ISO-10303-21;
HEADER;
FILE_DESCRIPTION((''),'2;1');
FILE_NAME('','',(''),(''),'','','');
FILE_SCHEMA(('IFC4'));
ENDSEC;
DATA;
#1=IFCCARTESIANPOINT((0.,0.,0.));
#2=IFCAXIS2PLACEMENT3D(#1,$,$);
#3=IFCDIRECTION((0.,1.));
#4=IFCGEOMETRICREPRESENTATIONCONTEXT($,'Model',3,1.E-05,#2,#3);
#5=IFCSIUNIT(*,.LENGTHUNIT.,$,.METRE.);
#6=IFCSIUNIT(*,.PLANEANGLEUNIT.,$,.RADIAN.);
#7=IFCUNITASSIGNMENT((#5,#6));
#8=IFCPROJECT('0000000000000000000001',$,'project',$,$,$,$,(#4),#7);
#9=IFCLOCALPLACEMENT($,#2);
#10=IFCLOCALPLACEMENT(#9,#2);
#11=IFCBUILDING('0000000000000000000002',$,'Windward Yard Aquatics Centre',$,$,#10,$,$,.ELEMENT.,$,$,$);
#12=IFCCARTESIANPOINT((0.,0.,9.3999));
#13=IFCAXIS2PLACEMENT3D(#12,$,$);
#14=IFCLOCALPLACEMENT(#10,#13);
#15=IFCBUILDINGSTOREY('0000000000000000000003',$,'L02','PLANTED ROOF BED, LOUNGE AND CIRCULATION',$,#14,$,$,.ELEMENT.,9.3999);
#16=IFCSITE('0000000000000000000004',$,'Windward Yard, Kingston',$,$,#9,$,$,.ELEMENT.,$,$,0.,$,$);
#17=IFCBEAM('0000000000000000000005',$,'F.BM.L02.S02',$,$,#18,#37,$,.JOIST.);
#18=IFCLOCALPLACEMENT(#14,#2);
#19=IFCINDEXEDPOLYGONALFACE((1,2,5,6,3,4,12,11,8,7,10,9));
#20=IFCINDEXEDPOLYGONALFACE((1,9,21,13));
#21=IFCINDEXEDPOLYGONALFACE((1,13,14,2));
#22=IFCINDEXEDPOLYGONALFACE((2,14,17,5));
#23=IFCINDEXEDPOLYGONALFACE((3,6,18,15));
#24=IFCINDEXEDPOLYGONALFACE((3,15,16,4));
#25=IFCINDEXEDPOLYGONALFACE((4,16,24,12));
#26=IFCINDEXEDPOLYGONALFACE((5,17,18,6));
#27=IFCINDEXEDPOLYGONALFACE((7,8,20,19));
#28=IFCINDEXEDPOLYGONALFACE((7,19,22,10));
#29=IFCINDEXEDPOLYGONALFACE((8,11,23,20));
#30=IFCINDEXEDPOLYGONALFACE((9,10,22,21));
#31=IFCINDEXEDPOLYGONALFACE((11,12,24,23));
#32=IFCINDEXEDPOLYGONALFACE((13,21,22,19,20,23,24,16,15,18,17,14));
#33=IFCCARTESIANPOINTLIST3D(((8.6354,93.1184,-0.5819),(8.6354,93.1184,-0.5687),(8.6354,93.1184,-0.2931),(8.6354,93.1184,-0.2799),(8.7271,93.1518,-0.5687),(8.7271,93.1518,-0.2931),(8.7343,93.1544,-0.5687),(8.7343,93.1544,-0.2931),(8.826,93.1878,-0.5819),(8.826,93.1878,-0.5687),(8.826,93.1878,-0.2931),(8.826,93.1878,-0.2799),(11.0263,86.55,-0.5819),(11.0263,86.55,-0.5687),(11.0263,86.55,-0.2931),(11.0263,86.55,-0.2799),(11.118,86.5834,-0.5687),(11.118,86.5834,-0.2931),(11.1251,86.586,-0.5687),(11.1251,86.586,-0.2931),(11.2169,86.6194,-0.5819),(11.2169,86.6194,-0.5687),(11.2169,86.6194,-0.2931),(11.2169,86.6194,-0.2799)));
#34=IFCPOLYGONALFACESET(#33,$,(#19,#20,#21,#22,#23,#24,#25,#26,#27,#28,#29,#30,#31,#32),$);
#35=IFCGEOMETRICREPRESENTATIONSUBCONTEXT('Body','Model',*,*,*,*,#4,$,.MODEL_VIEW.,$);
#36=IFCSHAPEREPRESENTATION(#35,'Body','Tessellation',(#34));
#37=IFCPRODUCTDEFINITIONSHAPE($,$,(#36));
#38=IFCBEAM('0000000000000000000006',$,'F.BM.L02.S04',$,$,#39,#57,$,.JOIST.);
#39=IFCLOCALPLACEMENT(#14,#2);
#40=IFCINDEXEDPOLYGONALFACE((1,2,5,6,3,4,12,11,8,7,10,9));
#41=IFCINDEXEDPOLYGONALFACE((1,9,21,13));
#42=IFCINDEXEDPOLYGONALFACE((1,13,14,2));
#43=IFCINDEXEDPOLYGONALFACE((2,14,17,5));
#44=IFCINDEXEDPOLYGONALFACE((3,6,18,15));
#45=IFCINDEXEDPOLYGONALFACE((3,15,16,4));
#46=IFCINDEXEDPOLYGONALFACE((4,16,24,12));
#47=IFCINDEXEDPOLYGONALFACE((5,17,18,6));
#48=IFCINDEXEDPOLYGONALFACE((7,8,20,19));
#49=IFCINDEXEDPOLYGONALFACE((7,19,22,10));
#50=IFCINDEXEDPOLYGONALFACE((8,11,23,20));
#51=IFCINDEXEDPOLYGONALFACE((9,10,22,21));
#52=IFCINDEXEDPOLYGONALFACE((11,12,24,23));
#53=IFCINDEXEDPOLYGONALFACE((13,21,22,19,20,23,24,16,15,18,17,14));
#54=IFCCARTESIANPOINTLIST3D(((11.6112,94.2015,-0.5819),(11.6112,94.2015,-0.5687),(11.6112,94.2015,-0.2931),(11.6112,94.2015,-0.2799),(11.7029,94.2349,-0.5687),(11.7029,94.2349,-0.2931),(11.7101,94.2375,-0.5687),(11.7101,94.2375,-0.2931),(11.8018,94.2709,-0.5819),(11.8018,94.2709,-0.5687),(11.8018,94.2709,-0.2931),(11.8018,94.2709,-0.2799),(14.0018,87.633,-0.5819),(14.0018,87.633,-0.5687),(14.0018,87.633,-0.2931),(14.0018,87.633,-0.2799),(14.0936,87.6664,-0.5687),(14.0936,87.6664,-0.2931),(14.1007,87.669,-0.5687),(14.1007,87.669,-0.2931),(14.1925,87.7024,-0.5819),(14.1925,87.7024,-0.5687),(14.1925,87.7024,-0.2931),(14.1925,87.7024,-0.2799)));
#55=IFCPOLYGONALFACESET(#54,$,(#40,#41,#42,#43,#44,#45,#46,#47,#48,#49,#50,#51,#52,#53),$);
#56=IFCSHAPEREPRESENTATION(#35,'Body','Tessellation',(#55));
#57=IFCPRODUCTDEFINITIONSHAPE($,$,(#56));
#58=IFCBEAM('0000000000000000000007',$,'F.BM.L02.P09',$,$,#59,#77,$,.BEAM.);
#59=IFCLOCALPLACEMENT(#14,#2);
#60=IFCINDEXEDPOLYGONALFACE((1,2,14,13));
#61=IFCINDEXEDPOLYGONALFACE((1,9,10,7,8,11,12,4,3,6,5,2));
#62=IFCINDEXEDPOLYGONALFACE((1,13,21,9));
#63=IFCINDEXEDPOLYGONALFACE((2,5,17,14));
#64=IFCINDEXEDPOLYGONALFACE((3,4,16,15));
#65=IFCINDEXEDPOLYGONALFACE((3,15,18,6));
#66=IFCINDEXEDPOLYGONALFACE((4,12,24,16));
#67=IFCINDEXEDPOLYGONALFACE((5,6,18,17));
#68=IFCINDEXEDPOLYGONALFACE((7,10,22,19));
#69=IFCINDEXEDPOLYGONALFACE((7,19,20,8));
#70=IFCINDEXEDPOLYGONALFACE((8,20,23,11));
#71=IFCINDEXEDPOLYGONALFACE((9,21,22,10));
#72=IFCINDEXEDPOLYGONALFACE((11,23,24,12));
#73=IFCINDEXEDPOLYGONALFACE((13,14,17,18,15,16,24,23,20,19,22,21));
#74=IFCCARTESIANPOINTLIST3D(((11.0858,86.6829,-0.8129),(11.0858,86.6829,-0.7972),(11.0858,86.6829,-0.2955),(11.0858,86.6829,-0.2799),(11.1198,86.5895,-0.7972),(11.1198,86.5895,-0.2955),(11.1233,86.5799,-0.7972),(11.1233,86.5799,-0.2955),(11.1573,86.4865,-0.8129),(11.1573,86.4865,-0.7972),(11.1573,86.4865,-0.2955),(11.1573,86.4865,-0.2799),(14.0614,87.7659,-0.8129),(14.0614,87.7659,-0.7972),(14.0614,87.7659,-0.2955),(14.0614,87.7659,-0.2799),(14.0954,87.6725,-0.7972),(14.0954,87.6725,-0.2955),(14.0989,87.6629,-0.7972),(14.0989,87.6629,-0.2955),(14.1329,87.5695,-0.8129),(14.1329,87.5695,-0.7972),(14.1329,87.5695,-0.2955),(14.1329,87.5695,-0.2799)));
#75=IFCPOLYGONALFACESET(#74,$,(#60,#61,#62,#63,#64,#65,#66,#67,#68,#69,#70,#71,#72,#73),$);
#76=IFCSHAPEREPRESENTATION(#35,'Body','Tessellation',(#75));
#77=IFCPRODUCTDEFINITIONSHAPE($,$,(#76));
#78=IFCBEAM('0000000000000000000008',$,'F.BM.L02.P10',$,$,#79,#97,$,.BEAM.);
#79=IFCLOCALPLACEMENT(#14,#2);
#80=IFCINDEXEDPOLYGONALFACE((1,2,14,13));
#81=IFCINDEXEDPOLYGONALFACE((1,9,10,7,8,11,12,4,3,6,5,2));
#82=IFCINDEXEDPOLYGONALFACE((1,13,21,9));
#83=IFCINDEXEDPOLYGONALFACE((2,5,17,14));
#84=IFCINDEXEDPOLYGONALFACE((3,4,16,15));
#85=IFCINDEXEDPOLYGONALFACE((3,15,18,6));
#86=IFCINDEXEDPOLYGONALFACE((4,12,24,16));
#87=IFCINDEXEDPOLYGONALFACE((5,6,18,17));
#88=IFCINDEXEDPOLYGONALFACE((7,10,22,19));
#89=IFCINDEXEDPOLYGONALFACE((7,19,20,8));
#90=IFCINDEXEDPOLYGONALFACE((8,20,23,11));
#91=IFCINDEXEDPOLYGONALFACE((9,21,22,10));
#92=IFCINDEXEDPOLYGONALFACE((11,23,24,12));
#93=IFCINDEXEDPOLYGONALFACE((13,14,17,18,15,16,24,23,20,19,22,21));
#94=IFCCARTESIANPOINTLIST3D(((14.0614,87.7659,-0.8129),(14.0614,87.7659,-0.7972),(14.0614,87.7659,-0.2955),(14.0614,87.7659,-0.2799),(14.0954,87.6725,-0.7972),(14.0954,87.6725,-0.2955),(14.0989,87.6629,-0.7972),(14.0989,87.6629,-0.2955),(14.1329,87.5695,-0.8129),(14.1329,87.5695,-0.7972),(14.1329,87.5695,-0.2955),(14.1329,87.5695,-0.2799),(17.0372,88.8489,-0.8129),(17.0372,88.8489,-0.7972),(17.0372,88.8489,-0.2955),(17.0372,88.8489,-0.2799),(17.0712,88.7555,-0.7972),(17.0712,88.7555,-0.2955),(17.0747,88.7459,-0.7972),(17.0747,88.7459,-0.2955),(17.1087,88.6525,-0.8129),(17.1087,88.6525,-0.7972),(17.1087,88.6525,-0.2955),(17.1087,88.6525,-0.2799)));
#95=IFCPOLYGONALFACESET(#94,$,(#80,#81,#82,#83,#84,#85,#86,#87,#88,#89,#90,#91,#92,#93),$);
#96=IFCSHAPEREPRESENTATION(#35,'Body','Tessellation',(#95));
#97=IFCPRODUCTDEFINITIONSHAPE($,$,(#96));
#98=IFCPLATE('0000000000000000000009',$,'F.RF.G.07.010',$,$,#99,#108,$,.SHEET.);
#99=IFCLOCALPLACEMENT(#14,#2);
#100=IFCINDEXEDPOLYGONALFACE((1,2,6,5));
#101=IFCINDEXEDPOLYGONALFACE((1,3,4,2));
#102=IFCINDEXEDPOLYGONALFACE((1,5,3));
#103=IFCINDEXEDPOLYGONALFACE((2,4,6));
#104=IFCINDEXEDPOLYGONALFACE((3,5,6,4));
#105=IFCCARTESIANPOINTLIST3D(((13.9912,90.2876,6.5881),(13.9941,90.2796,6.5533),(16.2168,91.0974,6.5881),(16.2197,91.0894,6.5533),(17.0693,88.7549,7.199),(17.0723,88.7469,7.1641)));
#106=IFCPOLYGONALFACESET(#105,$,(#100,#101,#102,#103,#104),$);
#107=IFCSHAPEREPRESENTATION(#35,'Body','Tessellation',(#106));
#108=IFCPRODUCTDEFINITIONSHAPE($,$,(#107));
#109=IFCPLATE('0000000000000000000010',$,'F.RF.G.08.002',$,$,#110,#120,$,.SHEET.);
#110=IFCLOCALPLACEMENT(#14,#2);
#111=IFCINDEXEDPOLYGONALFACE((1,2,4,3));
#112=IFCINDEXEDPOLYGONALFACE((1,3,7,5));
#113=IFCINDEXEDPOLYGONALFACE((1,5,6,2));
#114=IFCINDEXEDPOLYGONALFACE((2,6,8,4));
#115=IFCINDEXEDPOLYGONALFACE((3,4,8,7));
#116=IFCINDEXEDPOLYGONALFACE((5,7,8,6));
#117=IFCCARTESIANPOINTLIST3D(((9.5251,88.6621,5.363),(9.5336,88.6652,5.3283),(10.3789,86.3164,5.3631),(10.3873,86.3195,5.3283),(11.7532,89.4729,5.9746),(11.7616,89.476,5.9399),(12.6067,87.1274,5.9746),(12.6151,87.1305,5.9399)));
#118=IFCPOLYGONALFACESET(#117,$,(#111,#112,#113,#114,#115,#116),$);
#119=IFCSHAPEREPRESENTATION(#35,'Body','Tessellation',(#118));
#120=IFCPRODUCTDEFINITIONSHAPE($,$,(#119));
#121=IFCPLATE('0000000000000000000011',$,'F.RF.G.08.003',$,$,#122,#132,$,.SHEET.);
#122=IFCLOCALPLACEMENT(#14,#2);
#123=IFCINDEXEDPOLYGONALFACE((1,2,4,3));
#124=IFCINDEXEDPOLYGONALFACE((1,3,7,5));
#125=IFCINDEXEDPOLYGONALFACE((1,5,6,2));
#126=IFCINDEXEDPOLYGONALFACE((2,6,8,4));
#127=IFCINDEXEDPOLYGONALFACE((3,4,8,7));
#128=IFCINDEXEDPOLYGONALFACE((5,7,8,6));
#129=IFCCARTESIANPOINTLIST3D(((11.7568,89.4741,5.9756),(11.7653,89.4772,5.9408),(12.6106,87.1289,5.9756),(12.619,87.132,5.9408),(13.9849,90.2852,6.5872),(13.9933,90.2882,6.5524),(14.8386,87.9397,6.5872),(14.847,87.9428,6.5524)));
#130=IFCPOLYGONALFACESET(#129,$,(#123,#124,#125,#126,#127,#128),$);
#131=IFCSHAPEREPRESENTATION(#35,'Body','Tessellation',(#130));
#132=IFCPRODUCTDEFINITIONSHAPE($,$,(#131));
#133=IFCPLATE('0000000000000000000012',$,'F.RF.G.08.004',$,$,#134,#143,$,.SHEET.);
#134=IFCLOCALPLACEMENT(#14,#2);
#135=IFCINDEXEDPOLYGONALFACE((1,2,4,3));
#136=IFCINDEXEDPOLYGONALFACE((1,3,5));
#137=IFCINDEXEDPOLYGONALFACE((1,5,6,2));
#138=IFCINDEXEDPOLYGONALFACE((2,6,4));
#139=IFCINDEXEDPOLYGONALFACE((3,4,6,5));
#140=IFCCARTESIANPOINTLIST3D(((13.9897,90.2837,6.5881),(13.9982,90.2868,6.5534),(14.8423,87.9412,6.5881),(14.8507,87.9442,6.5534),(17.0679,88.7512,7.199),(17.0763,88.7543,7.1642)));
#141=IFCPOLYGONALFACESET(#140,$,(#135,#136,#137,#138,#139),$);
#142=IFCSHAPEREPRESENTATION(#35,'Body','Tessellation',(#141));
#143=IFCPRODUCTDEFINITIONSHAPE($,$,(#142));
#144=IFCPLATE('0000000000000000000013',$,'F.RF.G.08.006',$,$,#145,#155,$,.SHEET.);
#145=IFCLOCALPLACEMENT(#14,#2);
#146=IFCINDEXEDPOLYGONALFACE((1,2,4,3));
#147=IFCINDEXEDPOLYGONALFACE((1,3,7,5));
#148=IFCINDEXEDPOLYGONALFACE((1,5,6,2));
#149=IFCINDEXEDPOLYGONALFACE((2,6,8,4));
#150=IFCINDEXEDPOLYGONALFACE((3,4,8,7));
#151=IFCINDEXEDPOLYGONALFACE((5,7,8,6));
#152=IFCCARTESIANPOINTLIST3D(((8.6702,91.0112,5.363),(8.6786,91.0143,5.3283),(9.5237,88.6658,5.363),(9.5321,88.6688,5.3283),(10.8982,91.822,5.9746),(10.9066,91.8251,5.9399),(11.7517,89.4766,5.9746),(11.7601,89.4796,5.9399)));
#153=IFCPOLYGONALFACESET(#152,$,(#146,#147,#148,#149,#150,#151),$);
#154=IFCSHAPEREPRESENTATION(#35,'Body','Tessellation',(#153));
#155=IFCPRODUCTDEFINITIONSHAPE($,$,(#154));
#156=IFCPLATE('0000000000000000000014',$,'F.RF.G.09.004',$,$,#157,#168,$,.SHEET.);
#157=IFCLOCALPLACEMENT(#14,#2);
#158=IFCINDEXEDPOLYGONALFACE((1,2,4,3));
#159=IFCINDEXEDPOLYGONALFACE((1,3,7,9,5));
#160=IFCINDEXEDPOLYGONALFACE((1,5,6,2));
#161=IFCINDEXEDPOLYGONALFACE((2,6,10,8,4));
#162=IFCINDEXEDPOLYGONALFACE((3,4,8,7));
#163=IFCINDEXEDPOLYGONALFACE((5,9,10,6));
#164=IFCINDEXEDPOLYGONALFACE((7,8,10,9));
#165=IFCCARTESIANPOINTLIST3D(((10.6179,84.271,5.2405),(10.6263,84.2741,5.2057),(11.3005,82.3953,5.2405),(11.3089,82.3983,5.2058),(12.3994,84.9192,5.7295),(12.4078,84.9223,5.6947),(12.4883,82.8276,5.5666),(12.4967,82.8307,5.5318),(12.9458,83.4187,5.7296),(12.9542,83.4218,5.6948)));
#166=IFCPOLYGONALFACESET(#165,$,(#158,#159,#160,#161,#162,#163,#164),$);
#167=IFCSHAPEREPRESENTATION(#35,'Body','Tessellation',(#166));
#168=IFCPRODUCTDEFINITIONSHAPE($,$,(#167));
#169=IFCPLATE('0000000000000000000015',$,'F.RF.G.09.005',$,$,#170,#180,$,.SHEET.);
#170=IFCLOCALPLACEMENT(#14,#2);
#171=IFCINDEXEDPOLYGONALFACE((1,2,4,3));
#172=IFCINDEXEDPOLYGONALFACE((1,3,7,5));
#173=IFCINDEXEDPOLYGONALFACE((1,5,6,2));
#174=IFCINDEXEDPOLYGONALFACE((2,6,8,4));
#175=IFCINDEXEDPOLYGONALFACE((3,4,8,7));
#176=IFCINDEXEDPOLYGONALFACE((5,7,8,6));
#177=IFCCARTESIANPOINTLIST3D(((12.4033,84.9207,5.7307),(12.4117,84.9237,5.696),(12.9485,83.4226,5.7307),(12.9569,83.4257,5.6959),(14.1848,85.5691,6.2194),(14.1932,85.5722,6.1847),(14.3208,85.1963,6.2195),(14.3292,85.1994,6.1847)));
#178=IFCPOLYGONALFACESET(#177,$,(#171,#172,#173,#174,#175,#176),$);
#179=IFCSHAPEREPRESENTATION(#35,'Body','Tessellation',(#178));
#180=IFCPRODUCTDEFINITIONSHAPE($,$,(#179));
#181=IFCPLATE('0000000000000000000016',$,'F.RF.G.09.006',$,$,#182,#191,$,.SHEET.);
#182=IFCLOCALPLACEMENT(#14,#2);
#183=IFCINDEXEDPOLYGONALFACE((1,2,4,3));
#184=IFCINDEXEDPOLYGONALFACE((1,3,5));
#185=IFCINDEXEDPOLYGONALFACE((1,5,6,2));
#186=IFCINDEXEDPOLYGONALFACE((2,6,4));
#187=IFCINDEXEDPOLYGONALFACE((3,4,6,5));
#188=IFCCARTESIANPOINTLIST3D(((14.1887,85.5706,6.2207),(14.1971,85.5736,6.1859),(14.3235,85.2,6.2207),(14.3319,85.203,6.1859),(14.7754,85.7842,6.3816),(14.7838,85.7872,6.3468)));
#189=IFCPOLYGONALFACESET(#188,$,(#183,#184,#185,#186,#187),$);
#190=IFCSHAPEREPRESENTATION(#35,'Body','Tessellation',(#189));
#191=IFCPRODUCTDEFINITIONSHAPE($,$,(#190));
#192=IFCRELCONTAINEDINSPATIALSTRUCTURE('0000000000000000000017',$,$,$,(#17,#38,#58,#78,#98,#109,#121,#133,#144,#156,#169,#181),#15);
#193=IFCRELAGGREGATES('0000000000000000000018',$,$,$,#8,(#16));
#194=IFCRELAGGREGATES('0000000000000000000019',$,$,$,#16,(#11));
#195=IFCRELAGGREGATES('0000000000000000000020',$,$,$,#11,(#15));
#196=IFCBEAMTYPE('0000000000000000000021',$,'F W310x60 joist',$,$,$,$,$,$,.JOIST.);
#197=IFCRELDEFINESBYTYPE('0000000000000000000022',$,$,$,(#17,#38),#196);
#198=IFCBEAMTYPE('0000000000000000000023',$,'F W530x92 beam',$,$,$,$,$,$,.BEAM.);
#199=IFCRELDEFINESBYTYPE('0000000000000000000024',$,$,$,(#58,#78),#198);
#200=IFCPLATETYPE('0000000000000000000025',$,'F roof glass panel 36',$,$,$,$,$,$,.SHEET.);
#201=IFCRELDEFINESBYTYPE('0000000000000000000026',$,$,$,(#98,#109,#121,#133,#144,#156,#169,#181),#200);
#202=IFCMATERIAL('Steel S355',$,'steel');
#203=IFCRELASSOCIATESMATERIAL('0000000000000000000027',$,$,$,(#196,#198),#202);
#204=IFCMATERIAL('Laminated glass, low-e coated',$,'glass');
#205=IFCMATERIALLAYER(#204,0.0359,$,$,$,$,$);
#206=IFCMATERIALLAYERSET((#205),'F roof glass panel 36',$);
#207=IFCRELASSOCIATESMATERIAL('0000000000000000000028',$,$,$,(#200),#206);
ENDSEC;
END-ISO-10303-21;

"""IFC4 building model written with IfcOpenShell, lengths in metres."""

from ifc_helpers import new_model, si_unit, direction, frame, origin, origin_2d, place, context, subcontext, project, spatial, polyline, i_section, outline, extrude, material, layer, layer_set, material_profile, profile_set, type_object, element, save


model = new_model("IFC4")

# Units and contexts
model_context = context("Model", 3, precision=1e-05, world=origin(), true_north=direction((0.0, 1.0)))
body_context = subcontext(model_context, "Body", "Model", "MODEL_VIEW")
ifc_project = project(units=[si_unit("LENGTHUNIT", "METRE"), si_unit("PLANEANGLEUNIT", "RADIAN")], contexts=[model_context])

# Site, building, storey
site_placement = place(None, origin())
site = spatial("IfcSite", under=ifc_project, at=site_placement, Name="Windward Yard, Kingston", CompositionType="ELEMENT", RefElevation=0.0)
building_placement = place(site_placement, origin())
building = spatial("IfcBuilding", under=site, at=building_placement, Name="Windward Yard Aquatics Centre", CompositionType="ELEMENT")
storey_placement = place(building_placement, frame((0.0, 0.0, 9.3999)))
storey = spatial("IfcBuildingStorey", under=building, at=storey_placement, Name="L02", Description="PLANTED ROOF BED, LOUNGE AND CIRCULATION", CompositionType="ELEMENT", Elevation=9.3999)

# Beams
ifc_material_1 = material(Name="Steel S355", Category="steel")
ifc_material_profile_1 = material_profile(ifc_material_1, i_section(OverallWidth=0.2029, OverallDepth=0.302, WebThickness=0.0076, FlangeThickness=0.0132, at=origin_2d()), Name="W310x60")
ifc_profile_set_1 = profile_set([ifc_material_profile_1], Name="Steel S355")
beam_type_1 = type_object("IfcBeamType", Name="F W310x60 joist", PredefinedType="JOIST", material=ifc_profile_set_1)
for number, where, z_axis, x_axis, name in (
    (1, (11.1216, 86.5847, -0.4309), (-0.342043, 0.939684, 0.0), (-0.939684, -0.342043, 0.0), "F.BM.L02.S02"),
    (2, (14.0972, 87.6677, -0.4309), (-0.342012, 0.939695, 0.0), (-0.939695, -0.342012, 0.0), "F.BM.L02.S04"),
):
    element("IfcBeam", number, at=place(storey_placement, frame(where, z_axis=z_axis, x_axis=x_axis)), inside=storey, type_object=beam_type_1, Name=name, PredefinedType="JOIST", context=body_context, shape_type="SweptSolid", body=[
        extrude(i_section(OverallWidth=0.2029, OverallDepth=0.302, WebThickness=0.0076, FlangeThickness=0.0132, at=origin_2d()), origin(), (0.0, 0.0, 1.0), 6.99),
    ])
ifc_material_profile_2 = material_profile(ifc_material_1, i_section(OverallWidth=0.209, OverallDepth=0.533, WebThickness=0.0103, FlangeThickness=0.0156, at=origin_2d()), Name="W530x92")
ifc_profile_set_2 = profile_set([ifc_material_profile_2], Name="Steel S355")
beam_type_2 = type_object("IfcBeamType", Name="F W530x92 beam", PredefinedType="BEAM", material=ifc_profile_set_2)
beam_1_placement = place(storey_placement, frame((11.1216, 86.5847, -0.5464), z_axis=(0.939694, 0.342015, 0.0), x_axis=(-0.342015, 0.939694, 0.0)))
element("IfcBeam", 3, at=beam_1_placement, inside=storey, type_object=beam_type_2, Name="F.BM.L02.P09", PredefinedType="BEAM", context=body_context, shape_type="SweptSolid", body=[
    extrude(i_section(OverallWidth=0.209, OverallDepth=0.533, WebThickness=0.0103, FlangeThickness=0.0156, at=origin_2d()), origin(), (0.0, 0.0, 1.0), 3.1665),
])
beam_2_placement = place(storey_placement, frame((14.0972, 87.6677, -0.5464), z_axis=(0.939703, 0.341991, 0.0), x_axis=(-0.341991, 0.939703, 0.0)))
element("IfcBeam", 4, at=beam_2_placement, inside=storey, type_object=beam_type_2, Name="F.BM.L02.P10", PredefinedType="BEAM", context=body_context, shape_type="SweptSolid", body=[
    extrude(i_section(OverallWidth=0.209, OverallDepth=0.533, WebThickness=0.0103, FlangeThickness=0.0156, at=origin_2d()), origin(), (0.0, 0.0, 1.0), 3.1667),
])

# Plates
ifc_material_2 = material(Name="Laminated glass, low-e coated", Category="glass")
ifc_layer_1 = layer(ifc_material_2, 0.0359)
ifc_layer_set_1 = layer_set([ifc_layer_1], Name="F roof glass panel 36")
plate_type = type_object("IfcPlateType", Name="F roof glass panel 36", PredefinedType="SHEET", material=ifc_layer_set_1)
plate_1_placement = place(storey_placement, frame((13.9912, 90.2876, 6.5881), z_axis=(-0.081379, 0.223651, 0.971266), x_axis=(0.939724, 0.341933, 0.0)))
element("IfcPlate", 5, at=plate_1_placement, inside=storey, type_object=plate_type, Name="F.RF.G.07.010", PredefinedType="SHEET", context=body_context, shape_type="SweptSolid", body=[
    extrude(outline(polyline([(0.0, 0.0), (2.3683, 0.0), (2.3685, -2.5666), (0.0, 0.0)])), origin(), (0.0, 0.0, -1.0), 0.0359),
])
plate_2_placement = place(storey_placement, frame((9.5251, 88.6621, 5.363), z_axis=(-0.234714, -0.08542, 0.968304), x_axis=(0.909927, 0.331127, 0.249774)))
element("IfcPlate", 6, at=plate_2_placement, inside=storey, type_object=plate_type, Name="F.RF.G.08.002", PredefinedType="SHEET", context=body_context, shape_type="SweptSolid", body=[
    extrude(outline(polyline([(0.0, 0.0), (2.4486, 0.0), (2.4486, -2.4959), (0.0001, -2.4962), (0.0, 0.0)])), origin(), (0.0, 0.0, -1.0), 0.0359),
])
plate_3_placement = place(storey_placement, frame((11.7568, 89.4741, 5.9756), z_axis=(-0.234696, -0.085435, 0.968307), x_axis=(0.909898, 0.331216, 0.249763)))
element("IfcPlate", 7, at=plate_3_placement, inside=storey, type_object=plate_type, Name="F.RF.G.08.003", PredefinedType="SHEET", context=body_context, shape_type="SweptSolid", body=[
    extrude(outline(polyline([(0.0, 0.0), (2.4487, 0.0), (2.4486, -2.496), (0.0001, -2.4958), (0.0, 0.0)])), origin(), (0.0, 0.0, -1.0), 0.0359),
])
plate_4_placement = place(storey_placement, frame((13.9897, 90.2837, 6.5881), z_axis=(-0.234679, -0.085409, 0.968314), x_axis=(0.881393, -0.438809, 0.174908)))
element("IfcPlate", 8, at=plate_4_placement, inside=storey, type_object=plate_type, Name="F.RF.G.08.004", PredefinedType="SHEET", context=body_context, shape_type="SweptSolid", body=[
    extrude(outline(polyline([(0.0, 0.0), (3.4923, 0.0), (1.7793, -1.7459), (0.0, 0.0)])), origin(), (0.0, 0.0, -1.0), 0.0359),
])
plate_5_placement = place(storey_placement, frame((8.6702, 91.0112, 5.363), z_axis=(-0.234709, -0.085411, 0.968306), x_axis=(0.909929, 0.331128, 0.249767)))
element("IfcPlate", 9, at=plate_5_placement, inside=storey, type_object=plate_type, Name="F.RF.G.08.006", PredefinedType="SHEET", context=body_context, shape_type="SweptSolid", body=[
    extrude(outline(polyline([(0.0, 0.0), (2.4486, 0.0), (2.4486, -2.4959), (0.0, -2.4959), (0.0, 0.0)])), origin(), (0.0, 0.0, -1.0), 0.0359),
])
plate_6_placement = place(storey_placement, frame((10.6179, 84.271, 5.2405), z_axis=(-0.234712, -0.085391, 0.968307), x_axis=(0.909947, 0.331082, 0.249762)))
element("IfcPlate", 10, at=plate_6_placement, inside=storey, type_object=plate_type, Name="F.RF.G.09.004", PredefinedType="SHEET", context=body_context, shape_type="SweptSolid", body=[
    extrude(outline(polyline([(0.0, 0.0), (1.9578, 0.0), (1.9582, -1.5969), (1.3055, -1.9959), (0.0001, -1.9961), (0.0, 0.0)])), origin(), (0.0, 0.0, -1.0), 0.0359),
])
plate_7_placement = place(storey_placement, frame((12.4033, 84.9207, 5.7307), z_axis=(-0.234557, -0.085399, 0.968344), x_axis=(0.909941, 0.331205, 0.24962)))
element("IfcPlate", 11, at=plate_7_placement, inside=storey, type_object=plate_type, Name="F.RF.G.09.005", PredefinedType="SHEET", context=body_context, shape_type="SweptSolid", body=[
    extrude(outline(polyline([(0.0, 0.0), (1.9578, 0.0), (1.9581, -0.3968), (-0.0001, -1.5942), (0.0, 0.0)])), origin(), (0.0, 0.0, -1.0), 0.0359),
])
plate_8_placement = place(storey_placement, frame((14.1887, 85.5706, 6.2207), z_axis=(-0.234513, -0.085277, 0.968365), x_axis=(0.90992, 0.331327, 0.249537)))
element("IfcPlate", 12, at=plate_8_placement, inside=storey, type_object=plate_type, Name="F.RF.G.09.006", PredefinedType="SHEET", context=body_context, shape_type="SweptSolid", body=[
    extrude(outline(polyline([(0.0, 0.0), (0.6447, 0.0), (-0.0002, -0.3943), (0.0, 0.0)])), origin(), (0.0, 0.0, -1.0), 0.0359),
])

save(model, "model.ifc")
